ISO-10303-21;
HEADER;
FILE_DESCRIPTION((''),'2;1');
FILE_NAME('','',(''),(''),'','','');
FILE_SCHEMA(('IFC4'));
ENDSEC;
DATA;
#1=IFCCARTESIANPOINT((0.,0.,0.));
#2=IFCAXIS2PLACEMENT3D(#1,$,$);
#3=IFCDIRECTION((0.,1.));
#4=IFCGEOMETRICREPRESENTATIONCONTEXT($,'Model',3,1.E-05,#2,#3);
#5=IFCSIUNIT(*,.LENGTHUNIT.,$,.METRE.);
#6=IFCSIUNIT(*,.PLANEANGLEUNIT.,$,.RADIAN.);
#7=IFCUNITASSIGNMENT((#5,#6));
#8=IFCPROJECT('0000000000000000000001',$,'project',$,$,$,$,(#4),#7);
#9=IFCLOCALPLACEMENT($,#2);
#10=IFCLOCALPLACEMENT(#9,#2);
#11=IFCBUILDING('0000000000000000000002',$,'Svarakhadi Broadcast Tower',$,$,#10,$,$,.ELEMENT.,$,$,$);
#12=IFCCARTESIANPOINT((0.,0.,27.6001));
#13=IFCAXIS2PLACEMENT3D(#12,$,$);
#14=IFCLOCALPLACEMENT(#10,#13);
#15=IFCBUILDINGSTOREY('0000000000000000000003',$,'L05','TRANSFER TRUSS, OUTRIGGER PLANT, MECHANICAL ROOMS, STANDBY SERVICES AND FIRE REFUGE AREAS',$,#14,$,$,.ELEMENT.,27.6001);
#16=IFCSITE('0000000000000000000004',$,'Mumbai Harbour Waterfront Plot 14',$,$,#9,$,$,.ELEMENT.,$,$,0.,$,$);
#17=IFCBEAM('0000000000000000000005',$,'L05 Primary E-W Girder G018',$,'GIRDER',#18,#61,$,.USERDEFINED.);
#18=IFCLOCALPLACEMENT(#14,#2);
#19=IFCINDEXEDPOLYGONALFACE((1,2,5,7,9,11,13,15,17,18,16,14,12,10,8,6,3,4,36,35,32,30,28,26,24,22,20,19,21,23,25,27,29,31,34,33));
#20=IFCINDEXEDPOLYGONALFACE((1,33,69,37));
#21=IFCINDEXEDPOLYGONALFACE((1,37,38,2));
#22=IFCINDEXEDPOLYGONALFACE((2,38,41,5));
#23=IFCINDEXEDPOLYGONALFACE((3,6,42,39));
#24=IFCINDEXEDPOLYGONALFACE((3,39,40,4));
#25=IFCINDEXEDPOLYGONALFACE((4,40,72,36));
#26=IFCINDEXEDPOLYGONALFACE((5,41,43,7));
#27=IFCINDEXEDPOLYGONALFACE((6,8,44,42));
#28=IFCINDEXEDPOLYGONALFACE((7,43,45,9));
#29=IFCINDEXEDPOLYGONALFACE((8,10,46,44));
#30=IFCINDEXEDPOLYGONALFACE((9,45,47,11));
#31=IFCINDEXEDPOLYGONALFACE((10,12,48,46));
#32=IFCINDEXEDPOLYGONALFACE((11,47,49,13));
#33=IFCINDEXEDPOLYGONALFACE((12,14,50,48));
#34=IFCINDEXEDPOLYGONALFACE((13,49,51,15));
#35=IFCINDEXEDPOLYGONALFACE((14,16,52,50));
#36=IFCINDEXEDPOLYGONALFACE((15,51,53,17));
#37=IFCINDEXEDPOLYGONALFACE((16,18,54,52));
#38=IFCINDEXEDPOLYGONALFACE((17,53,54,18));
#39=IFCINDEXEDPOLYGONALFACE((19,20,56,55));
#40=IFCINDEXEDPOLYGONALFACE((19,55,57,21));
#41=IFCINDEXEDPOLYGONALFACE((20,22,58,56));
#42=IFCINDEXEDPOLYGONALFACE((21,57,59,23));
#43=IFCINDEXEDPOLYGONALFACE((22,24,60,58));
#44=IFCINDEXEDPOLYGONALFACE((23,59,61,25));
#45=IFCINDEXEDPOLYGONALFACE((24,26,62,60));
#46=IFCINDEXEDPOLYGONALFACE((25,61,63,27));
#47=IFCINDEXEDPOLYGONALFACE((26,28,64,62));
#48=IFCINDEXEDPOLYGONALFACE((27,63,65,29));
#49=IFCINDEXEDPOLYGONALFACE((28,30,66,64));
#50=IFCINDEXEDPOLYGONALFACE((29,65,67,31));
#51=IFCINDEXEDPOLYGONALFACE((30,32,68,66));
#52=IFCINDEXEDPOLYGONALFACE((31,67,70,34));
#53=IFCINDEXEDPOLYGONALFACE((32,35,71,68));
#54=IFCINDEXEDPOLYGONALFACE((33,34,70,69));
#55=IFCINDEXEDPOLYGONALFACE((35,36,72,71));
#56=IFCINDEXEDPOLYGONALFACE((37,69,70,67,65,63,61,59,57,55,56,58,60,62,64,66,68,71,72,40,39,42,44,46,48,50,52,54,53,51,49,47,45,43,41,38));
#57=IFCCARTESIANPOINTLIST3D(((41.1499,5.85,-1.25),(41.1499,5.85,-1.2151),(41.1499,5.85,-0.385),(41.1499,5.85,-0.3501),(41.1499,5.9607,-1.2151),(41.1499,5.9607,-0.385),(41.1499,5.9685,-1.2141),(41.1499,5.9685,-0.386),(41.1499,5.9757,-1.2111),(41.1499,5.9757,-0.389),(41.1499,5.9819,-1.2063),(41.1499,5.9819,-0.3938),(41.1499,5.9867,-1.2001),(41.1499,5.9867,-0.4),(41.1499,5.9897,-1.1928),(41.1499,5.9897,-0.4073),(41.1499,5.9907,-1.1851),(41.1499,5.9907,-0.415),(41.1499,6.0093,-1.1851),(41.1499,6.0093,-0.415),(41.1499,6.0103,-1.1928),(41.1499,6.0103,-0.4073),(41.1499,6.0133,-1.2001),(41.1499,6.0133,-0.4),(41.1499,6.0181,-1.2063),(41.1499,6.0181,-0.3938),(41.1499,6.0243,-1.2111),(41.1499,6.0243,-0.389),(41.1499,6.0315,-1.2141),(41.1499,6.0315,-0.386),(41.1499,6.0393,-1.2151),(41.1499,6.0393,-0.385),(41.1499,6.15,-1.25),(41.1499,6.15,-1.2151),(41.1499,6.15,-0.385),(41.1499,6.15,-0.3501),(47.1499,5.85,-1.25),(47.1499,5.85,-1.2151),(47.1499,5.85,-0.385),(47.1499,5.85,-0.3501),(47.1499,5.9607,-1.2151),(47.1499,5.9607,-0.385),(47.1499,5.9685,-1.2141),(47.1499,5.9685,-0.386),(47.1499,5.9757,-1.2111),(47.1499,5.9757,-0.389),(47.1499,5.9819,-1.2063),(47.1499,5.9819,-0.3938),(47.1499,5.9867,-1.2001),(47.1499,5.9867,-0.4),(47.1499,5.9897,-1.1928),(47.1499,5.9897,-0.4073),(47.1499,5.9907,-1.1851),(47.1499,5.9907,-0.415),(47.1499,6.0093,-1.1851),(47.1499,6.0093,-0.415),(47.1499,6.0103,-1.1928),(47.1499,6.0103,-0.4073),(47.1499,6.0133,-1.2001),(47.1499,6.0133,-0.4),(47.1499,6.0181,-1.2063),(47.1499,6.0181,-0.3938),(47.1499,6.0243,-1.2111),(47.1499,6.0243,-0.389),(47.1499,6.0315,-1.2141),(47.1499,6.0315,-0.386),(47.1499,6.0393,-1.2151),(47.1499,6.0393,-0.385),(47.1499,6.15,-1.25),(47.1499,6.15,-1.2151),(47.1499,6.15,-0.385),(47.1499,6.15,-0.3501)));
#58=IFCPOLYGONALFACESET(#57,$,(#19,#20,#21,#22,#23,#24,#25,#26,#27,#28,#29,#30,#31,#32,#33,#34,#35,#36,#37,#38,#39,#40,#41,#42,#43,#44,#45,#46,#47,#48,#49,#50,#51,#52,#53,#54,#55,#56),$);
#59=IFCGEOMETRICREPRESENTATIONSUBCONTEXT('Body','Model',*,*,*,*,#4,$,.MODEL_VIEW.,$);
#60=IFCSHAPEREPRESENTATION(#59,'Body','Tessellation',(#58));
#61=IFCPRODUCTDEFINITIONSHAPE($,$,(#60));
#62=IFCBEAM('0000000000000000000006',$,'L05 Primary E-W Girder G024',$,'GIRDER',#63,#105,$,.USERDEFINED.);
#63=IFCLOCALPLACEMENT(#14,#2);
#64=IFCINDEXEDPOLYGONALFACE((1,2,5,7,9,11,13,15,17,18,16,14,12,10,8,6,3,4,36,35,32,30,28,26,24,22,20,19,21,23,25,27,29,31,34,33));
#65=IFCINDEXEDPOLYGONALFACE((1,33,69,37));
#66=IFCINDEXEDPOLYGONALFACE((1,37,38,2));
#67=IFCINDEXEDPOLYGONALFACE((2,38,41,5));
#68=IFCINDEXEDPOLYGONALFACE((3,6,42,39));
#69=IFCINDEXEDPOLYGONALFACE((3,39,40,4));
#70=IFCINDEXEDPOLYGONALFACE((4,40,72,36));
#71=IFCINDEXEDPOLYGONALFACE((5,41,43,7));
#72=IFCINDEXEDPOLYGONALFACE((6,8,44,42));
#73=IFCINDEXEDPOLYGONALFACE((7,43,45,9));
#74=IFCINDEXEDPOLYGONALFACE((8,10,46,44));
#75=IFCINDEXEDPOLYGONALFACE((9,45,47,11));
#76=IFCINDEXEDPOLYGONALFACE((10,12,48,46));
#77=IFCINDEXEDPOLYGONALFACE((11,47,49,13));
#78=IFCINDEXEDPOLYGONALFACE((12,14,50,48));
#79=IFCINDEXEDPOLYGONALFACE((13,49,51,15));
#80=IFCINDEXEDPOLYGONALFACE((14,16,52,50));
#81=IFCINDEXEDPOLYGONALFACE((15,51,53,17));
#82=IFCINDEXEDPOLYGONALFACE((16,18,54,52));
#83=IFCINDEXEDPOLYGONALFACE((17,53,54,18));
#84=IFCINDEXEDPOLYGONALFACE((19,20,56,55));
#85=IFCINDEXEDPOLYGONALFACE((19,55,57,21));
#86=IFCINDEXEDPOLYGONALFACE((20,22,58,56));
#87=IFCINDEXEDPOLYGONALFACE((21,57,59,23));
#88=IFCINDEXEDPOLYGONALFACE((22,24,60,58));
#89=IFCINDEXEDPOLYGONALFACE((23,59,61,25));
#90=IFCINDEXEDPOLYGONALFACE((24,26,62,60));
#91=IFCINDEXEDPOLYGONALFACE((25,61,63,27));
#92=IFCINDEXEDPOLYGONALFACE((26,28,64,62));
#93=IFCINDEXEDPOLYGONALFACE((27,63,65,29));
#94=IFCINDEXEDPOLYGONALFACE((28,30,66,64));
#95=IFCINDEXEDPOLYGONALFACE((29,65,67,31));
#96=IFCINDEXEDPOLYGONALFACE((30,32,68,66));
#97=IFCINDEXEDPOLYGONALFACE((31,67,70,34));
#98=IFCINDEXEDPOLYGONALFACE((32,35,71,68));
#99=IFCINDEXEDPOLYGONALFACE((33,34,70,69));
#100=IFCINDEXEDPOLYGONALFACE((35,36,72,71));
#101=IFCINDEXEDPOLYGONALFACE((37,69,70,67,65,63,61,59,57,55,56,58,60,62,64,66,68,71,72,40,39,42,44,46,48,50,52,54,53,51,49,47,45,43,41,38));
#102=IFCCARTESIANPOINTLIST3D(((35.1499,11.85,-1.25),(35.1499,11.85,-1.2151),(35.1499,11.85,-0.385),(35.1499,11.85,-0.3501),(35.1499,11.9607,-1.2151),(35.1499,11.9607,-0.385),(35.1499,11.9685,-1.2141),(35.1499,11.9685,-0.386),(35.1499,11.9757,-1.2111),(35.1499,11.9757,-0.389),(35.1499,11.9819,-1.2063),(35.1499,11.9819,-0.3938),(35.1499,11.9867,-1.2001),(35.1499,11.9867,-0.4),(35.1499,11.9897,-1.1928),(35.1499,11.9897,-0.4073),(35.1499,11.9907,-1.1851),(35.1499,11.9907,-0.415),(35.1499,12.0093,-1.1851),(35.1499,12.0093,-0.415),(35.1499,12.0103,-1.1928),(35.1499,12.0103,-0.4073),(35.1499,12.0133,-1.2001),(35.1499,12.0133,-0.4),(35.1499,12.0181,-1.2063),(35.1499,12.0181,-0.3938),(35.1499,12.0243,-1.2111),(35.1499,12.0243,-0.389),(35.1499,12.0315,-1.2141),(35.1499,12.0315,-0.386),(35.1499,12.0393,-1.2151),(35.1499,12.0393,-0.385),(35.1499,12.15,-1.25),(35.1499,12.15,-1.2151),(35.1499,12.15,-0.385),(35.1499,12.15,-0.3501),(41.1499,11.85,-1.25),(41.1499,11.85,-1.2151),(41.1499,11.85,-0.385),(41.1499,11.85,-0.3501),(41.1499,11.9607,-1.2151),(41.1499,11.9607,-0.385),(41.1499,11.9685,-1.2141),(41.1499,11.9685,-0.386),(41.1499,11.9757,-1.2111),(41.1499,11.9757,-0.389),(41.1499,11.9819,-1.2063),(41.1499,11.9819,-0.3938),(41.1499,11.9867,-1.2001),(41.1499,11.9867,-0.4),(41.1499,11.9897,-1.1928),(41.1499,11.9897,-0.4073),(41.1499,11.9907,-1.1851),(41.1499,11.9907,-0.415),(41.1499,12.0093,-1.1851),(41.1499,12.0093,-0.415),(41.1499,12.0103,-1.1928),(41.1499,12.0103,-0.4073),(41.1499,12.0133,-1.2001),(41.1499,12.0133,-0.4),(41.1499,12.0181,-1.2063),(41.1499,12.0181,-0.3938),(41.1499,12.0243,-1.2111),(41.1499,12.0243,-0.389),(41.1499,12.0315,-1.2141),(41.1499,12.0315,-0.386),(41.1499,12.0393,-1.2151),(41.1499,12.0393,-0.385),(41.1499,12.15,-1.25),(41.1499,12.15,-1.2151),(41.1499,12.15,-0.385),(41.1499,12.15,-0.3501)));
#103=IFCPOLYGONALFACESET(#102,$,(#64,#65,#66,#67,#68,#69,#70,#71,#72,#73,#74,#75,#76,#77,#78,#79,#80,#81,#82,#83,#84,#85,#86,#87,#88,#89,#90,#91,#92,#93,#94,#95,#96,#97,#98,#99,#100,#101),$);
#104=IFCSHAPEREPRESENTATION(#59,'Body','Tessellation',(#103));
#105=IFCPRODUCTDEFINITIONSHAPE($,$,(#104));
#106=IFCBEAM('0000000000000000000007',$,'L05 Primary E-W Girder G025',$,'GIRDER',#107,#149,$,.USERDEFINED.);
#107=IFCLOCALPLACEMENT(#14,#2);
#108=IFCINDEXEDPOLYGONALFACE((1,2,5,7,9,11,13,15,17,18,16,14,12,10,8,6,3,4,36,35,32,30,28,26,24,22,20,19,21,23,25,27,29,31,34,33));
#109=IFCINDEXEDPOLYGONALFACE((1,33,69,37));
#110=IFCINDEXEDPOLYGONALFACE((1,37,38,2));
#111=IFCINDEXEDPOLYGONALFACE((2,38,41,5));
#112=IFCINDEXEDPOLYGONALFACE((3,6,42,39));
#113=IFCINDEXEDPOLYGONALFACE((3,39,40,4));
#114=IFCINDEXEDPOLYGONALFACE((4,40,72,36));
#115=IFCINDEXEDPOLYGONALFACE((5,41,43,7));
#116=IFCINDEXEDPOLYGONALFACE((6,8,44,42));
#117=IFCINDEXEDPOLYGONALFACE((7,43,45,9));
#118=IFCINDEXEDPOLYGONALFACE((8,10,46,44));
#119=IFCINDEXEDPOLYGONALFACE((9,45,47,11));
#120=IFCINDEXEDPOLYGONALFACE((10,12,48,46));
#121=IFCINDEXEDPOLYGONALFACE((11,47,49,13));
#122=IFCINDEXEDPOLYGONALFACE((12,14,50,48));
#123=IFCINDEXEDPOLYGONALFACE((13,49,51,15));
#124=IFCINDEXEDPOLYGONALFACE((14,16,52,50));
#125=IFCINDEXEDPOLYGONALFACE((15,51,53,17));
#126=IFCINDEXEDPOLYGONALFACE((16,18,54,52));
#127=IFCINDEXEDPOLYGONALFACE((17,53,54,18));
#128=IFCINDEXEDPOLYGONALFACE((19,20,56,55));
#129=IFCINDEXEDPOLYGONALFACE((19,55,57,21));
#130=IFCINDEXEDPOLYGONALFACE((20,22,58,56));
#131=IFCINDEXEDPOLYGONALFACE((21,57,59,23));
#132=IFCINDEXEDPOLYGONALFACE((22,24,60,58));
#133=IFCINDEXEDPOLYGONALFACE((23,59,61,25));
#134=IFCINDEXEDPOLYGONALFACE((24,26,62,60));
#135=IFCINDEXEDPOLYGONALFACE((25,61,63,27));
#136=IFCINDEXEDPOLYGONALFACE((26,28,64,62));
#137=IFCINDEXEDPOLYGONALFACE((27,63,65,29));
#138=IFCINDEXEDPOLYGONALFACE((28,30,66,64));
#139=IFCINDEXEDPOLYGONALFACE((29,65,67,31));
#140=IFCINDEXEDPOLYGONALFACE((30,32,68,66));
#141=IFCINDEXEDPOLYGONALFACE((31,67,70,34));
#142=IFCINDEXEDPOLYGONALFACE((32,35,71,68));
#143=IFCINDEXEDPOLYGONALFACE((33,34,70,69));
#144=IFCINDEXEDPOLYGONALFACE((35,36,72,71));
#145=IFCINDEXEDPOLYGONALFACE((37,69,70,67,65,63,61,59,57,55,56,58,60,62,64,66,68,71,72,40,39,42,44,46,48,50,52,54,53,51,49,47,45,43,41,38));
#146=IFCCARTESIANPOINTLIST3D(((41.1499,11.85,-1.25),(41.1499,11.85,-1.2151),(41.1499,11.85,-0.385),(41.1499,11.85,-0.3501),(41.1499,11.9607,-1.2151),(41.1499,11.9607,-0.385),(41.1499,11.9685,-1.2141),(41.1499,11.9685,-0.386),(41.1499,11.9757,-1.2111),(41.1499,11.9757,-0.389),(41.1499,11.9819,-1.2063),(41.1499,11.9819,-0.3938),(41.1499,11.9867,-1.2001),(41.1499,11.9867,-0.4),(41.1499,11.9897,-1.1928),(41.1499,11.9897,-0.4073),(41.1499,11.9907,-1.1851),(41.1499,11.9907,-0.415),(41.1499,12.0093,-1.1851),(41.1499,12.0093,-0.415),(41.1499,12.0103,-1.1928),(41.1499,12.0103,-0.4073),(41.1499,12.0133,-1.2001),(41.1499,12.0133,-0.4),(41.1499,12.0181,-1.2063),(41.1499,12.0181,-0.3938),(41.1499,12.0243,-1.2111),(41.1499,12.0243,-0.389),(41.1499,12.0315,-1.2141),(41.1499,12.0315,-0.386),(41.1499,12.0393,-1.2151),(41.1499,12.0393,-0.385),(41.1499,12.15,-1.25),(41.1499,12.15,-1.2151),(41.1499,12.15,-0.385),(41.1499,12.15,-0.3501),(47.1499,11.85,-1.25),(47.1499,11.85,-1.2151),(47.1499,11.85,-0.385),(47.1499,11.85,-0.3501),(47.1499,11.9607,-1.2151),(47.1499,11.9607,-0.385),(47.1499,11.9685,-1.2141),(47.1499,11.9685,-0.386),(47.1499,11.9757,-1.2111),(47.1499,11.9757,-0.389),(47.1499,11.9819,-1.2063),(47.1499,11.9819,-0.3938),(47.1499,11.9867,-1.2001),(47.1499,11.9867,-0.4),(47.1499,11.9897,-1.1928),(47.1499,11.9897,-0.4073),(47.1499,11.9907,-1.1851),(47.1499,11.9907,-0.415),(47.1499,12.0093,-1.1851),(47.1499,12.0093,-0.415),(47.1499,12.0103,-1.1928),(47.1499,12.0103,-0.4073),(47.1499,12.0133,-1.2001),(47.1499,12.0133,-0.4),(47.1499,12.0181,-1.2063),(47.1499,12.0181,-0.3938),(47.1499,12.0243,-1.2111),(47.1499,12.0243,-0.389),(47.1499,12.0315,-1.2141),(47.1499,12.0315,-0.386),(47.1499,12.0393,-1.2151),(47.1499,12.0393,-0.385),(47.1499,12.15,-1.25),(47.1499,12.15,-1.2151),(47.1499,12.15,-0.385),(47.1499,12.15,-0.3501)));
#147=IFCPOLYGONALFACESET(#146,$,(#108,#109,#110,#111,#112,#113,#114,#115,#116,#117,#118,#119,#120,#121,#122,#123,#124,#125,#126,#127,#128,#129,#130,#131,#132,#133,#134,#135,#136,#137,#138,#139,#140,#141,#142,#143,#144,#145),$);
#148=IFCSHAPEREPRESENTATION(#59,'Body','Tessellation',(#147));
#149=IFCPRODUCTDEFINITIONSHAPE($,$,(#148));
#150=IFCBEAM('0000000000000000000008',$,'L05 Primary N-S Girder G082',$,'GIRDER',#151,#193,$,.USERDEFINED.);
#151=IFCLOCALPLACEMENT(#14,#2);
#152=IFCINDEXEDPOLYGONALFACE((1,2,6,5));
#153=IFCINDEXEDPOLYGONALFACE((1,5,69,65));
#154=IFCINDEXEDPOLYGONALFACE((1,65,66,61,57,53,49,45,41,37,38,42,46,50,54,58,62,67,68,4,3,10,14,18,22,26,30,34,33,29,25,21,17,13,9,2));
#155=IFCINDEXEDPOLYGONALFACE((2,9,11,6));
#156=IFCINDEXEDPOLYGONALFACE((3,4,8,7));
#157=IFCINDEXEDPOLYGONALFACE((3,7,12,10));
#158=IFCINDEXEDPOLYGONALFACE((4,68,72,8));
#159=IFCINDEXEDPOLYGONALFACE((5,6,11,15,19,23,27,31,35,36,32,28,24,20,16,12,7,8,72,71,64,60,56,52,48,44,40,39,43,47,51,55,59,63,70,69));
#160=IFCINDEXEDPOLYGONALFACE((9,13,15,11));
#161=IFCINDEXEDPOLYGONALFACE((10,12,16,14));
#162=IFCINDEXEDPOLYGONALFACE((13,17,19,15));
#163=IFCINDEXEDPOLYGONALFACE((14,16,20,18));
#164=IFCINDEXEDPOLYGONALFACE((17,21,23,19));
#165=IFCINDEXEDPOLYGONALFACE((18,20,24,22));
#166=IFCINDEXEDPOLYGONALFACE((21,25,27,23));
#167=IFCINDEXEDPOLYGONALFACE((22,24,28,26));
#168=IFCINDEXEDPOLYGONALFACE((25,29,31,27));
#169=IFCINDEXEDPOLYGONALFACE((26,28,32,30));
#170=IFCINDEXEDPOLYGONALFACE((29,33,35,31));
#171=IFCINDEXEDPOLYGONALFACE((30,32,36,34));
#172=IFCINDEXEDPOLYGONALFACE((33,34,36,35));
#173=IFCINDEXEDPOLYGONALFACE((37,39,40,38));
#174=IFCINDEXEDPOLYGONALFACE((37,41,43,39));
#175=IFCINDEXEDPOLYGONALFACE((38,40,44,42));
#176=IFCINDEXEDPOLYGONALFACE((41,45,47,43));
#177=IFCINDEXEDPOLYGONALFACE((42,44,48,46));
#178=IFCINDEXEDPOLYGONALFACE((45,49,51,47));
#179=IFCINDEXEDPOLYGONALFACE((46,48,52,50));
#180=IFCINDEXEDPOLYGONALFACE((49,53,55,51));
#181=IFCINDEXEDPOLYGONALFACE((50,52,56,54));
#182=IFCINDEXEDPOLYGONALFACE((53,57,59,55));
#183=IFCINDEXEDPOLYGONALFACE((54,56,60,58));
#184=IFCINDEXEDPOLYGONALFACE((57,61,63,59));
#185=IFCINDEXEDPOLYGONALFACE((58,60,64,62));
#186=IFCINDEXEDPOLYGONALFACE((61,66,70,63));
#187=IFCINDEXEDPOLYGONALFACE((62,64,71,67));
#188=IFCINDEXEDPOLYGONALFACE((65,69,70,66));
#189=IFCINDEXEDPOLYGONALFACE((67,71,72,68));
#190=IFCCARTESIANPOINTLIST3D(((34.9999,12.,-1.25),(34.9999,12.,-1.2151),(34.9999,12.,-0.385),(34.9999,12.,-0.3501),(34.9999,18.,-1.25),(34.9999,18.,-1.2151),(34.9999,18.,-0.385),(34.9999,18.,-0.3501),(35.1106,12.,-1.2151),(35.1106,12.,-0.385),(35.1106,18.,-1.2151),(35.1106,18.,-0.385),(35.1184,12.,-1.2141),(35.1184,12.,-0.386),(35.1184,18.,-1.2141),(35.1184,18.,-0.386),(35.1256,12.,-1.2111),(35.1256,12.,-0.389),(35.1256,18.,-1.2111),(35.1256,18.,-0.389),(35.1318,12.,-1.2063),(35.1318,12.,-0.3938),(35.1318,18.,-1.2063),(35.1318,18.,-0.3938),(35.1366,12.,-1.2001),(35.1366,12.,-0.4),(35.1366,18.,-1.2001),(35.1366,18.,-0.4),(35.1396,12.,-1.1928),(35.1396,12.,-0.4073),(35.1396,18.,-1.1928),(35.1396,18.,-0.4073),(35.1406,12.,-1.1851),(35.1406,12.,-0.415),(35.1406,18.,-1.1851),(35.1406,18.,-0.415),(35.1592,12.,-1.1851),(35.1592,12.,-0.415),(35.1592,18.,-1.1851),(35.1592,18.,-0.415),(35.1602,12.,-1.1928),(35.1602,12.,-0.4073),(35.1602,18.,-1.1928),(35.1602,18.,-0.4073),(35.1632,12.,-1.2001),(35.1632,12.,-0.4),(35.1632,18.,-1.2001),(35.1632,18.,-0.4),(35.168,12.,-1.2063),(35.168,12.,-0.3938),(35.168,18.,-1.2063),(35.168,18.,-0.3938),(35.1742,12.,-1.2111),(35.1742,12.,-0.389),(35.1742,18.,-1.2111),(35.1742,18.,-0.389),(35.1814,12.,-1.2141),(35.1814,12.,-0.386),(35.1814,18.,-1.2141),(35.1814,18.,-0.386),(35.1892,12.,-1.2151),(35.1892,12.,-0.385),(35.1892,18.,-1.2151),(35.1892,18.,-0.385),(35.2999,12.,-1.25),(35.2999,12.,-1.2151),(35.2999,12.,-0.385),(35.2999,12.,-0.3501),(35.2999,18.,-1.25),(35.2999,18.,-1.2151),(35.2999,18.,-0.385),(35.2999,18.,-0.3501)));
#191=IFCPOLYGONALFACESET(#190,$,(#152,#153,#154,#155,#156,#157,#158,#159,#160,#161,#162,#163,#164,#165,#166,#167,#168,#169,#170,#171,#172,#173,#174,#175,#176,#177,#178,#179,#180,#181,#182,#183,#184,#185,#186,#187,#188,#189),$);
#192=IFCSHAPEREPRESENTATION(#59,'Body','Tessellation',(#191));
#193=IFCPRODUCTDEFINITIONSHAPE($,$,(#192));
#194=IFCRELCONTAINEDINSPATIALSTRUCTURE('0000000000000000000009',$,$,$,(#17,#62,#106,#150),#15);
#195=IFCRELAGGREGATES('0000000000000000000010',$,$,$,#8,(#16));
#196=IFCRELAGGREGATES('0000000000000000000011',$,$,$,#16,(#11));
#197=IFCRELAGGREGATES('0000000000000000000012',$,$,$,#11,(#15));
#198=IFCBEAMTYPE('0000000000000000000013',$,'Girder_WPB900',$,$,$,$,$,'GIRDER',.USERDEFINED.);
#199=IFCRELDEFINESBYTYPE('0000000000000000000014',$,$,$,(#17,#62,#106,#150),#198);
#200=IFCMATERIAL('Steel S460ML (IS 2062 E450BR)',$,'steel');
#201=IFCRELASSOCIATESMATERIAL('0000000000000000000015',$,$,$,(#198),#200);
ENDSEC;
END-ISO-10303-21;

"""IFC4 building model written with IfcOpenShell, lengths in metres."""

from ifc_helpers import new_model, si_unit, direction, frame, origin, origin_2d, place, context, subcontext, project, spatial, i_section, extrude, material, material_profile, profile_set, type_object, element, save


model = new_model("IFC4")

# Units and contexts
model_context = context("Model", 3, precision=1e-05, world=origin(), true_north=direction((0.0, 1.0)))
body_context = subcontext(model_context, "Body", "Model", "MODEL_VIEW")
ifc_project = project(units=[si_unit("LENGTHUNIT", "METRE"), si_unit("PLANEANGLEUNIT", "RADIAN")], contexts=[model_context])

# Site, building, storey
site_placement = place(None, origin())
site = spatial("IfcSite", under=ifc_project, at=site_placement, Name="Mumbai Harbour Waterfront Plot 14", CompositionType="ELEMENT", RefElevation=0.0)
building_placement = place(site_placement, origin())
building = spatial("IfcBuilding", under=site, at=building_placement, Name="Svarakhadi Broadcast Tower", CompositionType="ELEMENT")
storey_placement = place(building_placement, frame((0.0, 0.0, 27.6001)))
storey = spatial("IfcBuildingStorey", under=building, at=storey_placement, Name="L05", Description="TRANSFER TRUSS, OUTRIGGER PLANT, MECHANICAL ROOMS, STANDBY SERVICES AND FIRE REFUGE AREAS", CompositionType="ELEMENT", Elevation=27.6001)

# Shared definitions
ifc_material_1 = material(Name="Steel S460ML (IS 2062 E450BR)", Category="steel")

# Beams
ifc_material_profile_1 = material_profile(ifc_material_1, i_section(OverallWidth=0.3, OverallDepth=0.8999, WebThickness=0.0186, FlangeThickness=0.0349, FilletRadius=0.03, at=origin_2d()), Name="WPB 900x300x291")
ifc_profile_set_1 = profile_set([ifc_material_profile_1], Name="Steel S460ML (IS 2062 E450BR)")
beam_type_1 = type_object("IfcBeamType", Name="Girder_WPB900", ElementType="GIRDER", PredefinedType="USERDEFINED", material=ifc_profile_set_1)
for number, where, z_axis, x_axis, name in (
    (1, (41.1499, 6.0, -0.8), (1.0, 0.0, 0.0), (0.0, 1.0, 0.0), "L05 Primary E-W Girder G018"),
    (2, (35.1499, 12.0, -0.8), (1.0, 0.0, 0.0), (0.0, 1.0, 0.0), "L05 Primary E-W Girder G024"),
    (3, (41.1499, 12.0, -0.8), (1.0, 0.0, 0.0), (0.0, 1.0, 0.0), "L05 Primary E-W Girder G025"),
    (4, (35.1499, 12.0, -0.8), (0.0, 1.0, 0.0), (-1.0, 0.0, 0.0), "L05 Primary N-S Girder G082"),
):
    element("IfcBeam", number, at=place(storey_placement, frame(where, z_axis=z_axis, x_axis=x_axis)), inside=storey, type_object=beam_type_1, Name=name, ObjectType="GIRDER", PredefinedType="USERDEFINED", context=body_context, shape_type="SweptSolid", body=[
        extrude(i_section(OverallWidth=0.3, OverallDepth=0.8999, WebThickness=0.0186, FlangeThickness=0.0349, FilletRadius=0.03, at=origin_2d()), origin(), (0.0, 0.0, 1.0), 6.0),
    ])

save(model, "model.ifc")
